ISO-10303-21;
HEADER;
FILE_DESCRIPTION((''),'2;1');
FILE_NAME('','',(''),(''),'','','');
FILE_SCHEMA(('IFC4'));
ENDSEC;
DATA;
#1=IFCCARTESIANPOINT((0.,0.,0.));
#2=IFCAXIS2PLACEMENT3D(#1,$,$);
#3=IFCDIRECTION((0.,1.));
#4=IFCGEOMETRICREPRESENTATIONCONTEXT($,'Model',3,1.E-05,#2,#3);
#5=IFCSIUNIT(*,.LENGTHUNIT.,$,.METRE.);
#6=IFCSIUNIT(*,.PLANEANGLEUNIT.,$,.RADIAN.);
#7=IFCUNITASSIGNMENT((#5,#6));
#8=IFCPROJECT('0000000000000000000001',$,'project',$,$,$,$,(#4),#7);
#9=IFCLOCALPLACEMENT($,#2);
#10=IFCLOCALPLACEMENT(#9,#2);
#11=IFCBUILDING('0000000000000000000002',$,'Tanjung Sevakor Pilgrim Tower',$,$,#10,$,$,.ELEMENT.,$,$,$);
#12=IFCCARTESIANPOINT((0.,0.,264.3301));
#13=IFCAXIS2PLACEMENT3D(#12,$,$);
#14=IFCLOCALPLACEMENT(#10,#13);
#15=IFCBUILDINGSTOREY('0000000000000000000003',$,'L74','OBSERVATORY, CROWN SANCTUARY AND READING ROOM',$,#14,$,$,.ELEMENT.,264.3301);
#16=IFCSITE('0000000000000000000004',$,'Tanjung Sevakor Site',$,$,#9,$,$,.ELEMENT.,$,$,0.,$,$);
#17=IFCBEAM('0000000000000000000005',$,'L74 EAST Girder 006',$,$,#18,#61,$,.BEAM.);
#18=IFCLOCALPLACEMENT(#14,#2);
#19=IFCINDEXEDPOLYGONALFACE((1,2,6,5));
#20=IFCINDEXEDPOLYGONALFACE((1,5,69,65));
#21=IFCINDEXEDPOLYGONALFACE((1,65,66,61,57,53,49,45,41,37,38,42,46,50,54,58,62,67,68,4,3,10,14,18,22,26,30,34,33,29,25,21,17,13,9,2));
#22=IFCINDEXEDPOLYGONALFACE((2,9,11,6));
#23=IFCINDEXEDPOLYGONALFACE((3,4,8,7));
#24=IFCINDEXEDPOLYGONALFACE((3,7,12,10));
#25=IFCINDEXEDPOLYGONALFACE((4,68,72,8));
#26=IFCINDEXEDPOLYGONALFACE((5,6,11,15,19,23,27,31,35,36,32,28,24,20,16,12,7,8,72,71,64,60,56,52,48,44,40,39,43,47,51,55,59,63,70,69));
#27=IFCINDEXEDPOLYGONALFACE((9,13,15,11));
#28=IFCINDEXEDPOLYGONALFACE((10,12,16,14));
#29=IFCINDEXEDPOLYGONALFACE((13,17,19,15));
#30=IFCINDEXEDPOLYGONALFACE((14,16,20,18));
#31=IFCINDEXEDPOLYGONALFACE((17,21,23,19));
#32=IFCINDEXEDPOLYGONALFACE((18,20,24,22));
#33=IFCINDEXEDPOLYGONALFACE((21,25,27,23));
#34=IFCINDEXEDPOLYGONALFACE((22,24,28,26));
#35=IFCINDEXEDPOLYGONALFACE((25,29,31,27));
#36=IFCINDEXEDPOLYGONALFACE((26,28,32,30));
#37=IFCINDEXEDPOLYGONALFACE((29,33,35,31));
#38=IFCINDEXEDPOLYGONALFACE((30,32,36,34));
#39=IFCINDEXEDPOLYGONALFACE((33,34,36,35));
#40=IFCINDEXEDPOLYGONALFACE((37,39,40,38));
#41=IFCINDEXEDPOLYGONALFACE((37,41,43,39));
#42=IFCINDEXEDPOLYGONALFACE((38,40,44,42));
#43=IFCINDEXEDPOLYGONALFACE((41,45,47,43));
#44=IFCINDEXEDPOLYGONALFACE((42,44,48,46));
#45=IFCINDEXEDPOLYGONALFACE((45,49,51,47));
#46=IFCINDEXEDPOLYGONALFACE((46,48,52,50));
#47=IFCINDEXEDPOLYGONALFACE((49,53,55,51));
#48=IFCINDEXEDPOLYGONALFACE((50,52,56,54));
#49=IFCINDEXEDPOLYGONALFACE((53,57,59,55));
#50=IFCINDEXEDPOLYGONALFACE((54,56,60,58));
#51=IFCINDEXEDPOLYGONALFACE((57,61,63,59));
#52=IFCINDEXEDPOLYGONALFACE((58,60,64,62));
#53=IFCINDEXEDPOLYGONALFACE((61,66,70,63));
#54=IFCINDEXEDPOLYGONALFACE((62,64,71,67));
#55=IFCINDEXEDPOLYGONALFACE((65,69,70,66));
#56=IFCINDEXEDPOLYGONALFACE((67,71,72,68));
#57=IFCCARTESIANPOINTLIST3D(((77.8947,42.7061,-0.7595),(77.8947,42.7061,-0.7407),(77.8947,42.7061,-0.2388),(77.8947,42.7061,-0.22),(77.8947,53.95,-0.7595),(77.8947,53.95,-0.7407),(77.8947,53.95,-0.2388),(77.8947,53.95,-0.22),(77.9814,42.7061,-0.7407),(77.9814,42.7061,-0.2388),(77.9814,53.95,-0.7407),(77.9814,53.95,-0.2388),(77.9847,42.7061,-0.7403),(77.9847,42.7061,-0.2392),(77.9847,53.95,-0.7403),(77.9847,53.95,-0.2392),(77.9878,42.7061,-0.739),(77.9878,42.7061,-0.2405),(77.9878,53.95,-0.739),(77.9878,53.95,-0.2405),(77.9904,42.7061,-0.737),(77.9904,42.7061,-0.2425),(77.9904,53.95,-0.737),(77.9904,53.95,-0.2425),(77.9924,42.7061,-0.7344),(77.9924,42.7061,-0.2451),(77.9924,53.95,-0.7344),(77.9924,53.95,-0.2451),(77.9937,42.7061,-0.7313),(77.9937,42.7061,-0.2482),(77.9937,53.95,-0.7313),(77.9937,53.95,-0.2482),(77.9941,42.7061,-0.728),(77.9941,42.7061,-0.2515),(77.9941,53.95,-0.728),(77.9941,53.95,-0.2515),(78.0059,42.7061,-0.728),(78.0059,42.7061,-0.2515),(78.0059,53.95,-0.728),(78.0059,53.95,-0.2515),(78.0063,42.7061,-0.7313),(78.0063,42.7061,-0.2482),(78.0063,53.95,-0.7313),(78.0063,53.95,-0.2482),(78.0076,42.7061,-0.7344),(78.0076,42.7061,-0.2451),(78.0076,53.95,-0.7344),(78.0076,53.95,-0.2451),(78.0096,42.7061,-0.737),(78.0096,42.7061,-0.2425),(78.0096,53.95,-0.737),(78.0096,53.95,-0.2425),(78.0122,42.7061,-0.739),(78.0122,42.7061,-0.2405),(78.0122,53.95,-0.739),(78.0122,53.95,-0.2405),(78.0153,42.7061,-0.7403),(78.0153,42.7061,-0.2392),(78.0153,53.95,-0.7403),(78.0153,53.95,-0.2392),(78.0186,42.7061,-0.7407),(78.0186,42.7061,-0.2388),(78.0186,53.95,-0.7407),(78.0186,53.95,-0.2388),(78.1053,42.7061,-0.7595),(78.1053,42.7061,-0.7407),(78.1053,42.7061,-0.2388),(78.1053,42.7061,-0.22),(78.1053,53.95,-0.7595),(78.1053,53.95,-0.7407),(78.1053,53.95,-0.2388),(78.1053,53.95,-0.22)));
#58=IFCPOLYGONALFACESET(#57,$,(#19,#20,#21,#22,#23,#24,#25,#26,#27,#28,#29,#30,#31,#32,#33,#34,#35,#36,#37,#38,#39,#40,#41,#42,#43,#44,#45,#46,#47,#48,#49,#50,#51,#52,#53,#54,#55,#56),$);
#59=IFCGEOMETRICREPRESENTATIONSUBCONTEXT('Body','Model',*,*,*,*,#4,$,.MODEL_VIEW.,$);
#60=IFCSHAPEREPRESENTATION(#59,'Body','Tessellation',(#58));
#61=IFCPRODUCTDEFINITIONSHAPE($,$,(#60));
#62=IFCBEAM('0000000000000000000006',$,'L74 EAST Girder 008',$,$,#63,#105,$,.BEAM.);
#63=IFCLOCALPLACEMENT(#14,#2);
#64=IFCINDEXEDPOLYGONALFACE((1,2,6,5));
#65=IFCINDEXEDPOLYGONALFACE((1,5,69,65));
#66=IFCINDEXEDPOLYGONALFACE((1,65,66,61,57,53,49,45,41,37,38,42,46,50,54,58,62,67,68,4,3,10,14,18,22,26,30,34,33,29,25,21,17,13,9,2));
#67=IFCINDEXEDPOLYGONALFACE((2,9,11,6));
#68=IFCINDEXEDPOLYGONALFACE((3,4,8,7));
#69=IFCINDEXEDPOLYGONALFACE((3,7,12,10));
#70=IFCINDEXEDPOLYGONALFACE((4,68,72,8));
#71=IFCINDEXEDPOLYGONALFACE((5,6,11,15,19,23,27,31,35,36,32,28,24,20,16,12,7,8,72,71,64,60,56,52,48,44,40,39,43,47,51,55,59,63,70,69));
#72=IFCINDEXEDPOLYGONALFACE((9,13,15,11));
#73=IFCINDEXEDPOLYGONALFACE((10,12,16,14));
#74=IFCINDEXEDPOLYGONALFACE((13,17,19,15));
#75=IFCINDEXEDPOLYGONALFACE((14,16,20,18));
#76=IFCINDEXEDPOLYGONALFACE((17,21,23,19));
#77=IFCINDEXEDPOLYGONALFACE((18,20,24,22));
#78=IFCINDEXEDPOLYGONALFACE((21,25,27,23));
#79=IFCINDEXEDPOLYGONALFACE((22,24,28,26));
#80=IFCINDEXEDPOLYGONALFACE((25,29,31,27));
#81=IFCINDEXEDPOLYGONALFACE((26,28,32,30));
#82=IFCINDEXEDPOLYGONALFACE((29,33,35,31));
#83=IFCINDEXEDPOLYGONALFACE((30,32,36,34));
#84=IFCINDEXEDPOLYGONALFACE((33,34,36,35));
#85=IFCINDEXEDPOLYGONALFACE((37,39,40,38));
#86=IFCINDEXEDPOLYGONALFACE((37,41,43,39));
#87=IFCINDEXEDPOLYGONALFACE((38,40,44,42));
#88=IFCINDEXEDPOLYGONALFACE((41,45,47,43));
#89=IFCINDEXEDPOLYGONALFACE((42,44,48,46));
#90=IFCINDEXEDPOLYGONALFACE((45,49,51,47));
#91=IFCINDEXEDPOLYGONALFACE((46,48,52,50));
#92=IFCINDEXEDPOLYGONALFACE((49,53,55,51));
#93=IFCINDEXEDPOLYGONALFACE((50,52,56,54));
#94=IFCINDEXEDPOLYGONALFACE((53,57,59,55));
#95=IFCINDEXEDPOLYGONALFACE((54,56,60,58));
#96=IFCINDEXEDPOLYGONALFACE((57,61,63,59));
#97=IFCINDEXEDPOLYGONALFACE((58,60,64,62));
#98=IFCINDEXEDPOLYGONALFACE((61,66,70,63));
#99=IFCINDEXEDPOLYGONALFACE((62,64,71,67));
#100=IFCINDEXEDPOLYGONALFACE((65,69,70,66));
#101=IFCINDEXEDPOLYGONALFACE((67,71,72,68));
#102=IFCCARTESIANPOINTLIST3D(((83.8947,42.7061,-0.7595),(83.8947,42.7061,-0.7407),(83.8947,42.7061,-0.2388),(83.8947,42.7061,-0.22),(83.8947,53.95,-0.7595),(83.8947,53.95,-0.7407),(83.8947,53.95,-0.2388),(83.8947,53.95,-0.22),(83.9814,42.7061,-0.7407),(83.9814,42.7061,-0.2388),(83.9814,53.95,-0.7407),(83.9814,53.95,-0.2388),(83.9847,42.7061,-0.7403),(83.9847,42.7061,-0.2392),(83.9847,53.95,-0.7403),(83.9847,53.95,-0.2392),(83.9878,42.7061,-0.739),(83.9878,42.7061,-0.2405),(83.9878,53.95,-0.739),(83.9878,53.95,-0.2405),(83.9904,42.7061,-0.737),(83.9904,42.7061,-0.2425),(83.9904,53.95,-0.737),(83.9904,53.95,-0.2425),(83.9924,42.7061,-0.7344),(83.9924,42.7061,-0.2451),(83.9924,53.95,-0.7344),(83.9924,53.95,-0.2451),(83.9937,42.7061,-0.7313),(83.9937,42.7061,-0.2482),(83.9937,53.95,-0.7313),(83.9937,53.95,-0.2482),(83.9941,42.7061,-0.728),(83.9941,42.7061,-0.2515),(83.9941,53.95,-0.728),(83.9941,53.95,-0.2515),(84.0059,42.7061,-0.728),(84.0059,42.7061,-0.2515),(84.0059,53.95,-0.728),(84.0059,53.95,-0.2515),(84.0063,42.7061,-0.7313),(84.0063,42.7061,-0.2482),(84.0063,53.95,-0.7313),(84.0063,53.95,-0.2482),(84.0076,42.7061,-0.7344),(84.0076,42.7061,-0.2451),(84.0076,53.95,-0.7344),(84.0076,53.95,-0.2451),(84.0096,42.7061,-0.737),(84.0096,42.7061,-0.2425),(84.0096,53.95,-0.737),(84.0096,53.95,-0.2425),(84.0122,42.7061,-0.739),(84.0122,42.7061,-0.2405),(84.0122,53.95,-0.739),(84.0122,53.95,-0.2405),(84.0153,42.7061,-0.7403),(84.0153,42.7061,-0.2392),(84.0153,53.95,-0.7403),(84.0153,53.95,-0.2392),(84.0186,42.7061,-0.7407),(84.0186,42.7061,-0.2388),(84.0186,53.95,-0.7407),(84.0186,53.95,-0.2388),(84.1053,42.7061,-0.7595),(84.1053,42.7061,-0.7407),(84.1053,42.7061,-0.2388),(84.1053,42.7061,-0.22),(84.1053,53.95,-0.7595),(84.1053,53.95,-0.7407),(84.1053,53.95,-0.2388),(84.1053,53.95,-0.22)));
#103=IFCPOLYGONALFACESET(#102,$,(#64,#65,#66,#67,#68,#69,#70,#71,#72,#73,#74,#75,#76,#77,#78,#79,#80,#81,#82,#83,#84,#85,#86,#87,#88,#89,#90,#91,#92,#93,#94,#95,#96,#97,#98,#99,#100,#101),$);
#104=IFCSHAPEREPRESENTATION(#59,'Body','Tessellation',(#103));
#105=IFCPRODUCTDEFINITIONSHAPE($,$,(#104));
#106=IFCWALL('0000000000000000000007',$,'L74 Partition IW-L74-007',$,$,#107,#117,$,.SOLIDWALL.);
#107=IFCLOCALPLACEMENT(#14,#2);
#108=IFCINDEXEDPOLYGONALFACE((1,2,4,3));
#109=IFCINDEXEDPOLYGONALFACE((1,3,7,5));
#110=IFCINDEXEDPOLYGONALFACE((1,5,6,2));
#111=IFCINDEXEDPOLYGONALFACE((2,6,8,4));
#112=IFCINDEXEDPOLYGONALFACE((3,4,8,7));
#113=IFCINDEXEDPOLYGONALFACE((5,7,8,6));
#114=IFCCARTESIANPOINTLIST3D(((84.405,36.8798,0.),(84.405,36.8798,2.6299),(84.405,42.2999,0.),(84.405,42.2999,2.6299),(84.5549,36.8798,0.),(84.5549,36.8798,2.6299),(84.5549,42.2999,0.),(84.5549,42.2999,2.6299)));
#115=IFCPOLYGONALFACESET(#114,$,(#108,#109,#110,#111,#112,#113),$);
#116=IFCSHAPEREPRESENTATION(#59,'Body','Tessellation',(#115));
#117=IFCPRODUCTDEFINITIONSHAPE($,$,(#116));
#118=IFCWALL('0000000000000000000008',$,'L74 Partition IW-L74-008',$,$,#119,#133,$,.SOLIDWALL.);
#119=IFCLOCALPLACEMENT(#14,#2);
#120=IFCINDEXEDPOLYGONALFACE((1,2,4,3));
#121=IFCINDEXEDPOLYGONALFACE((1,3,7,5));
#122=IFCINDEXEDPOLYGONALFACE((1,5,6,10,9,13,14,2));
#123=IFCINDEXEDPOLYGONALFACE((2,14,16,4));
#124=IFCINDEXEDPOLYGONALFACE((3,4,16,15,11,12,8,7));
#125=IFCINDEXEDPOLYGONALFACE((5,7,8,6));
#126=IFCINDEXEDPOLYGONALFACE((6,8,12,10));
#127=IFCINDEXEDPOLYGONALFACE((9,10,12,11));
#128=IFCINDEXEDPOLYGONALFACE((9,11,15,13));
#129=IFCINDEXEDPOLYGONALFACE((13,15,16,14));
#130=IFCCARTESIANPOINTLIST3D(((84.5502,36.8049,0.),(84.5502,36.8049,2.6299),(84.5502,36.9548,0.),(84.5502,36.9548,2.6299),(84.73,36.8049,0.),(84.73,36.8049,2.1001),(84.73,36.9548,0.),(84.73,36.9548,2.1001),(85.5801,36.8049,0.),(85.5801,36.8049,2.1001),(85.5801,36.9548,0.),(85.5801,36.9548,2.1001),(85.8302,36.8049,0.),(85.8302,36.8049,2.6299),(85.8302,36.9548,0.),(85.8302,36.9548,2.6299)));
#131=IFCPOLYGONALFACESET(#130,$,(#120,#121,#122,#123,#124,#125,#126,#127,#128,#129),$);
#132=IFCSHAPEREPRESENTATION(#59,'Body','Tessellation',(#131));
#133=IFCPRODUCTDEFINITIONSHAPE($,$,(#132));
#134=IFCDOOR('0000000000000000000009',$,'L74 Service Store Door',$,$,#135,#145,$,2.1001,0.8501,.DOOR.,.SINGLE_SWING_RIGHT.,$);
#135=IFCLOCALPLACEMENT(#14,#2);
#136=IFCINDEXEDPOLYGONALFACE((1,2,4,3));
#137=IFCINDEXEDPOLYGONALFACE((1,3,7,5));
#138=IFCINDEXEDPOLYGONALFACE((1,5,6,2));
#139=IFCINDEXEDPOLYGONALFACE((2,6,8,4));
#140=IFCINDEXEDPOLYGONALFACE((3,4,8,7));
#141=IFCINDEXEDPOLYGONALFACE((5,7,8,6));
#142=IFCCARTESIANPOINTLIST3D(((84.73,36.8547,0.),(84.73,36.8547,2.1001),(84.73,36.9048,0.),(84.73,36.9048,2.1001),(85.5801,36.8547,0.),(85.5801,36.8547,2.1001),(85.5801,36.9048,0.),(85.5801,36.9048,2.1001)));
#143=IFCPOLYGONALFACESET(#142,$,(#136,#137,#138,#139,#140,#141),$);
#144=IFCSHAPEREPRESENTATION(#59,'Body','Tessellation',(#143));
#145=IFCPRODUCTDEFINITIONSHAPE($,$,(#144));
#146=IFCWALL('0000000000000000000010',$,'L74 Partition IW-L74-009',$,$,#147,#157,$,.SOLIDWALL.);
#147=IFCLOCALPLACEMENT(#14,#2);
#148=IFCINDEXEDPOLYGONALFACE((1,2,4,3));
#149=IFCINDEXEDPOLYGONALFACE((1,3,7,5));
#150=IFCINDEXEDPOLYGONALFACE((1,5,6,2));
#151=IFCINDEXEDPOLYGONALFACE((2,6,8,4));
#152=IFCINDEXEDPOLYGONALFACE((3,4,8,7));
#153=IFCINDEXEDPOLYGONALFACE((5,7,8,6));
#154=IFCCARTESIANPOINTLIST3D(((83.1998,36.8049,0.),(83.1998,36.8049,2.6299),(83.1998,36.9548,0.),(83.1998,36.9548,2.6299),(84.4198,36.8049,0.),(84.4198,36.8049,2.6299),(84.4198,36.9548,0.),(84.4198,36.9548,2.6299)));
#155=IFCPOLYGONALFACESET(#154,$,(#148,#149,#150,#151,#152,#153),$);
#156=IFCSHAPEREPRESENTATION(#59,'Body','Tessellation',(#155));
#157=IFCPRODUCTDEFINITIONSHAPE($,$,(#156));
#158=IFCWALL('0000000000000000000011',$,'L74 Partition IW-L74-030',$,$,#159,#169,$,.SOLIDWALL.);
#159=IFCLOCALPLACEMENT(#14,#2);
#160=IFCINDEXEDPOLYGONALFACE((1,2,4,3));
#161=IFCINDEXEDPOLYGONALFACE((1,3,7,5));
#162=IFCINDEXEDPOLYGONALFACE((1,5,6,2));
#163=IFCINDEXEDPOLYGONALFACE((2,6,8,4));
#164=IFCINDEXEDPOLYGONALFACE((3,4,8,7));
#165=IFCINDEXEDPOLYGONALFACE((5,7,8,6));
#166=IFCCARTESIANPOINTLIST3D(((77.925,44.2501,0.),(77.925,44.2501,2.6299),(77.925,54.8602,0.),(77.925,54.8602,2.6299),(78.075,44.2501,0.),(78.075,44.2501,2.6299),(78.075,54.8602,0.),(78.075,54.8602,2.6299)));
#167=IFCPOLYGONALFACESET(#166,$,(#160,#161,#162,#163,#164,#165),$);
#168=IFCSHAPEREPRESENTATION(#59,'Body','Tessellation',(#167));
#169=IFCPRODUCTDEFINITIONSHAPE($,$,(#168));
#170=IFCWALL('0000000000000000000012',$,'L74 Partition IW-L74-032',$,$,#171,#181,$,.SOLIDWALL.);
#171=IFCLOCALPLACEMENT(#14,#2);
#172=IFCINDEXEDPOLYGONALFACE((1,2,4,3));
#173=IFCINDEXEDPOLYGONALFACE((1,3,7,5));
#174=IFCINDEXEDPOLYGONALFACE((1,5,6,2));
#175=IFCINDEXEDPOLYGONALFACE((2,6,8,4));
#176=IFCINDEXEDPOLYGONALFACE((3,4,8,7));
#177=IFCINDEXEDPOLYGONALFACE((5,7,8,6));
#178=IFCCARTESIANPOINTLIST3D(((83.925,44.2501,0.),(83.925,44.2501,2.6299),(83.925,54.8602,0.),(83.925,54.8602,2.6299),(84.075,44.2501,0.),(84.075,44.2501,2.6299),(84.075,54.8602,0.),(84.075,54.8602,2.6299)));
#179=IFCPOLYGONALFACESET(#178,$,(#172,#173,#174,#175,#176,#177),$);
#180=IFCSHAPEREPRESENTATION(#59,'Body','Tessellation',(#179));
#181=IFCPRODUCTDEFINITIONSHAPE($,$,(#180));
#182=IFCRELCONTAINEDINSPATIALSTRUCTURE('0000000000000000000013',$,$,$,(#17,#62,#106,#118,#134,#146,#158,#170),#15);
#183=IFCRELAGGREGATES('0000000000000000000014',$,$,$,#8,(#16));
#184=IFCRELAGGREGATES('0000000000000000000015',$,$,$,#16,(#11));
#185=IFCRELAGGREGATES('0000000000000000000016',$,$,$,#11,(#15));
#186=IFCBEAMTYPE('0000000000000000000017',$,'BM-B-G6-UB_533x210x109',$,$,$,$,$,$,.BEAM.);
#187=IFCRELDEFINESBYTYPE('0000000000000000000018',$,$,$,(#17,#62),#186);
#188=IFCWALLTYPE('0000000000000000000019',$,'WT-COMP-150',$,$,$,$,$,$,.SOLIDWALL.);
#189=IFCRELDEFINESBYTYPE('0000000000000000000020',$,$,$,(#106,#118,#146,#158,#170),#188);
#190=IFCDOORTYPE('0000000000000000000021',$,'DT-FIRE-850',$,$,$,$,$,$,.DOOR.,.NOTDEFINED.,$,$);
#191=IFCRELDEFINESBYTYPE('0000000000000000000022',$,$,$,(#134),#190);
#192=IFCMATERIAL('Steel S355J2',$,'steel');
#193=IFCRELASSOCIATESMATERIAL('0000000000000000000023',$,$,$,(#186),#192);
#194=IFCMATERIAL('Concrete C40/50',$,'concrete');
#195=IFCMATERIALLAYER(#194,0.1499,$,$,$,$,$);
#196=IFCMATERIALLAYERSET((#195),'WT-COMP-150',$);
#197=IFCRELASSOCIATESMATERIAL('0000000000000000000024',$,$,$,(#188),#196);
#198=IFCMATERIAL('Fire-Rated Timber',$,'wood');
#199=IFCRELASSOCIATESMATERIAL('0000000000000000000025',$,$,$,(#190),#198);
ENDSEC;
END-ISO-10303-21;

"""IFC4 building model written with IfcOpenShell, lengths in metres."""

from ifc_helpers import new_model, si_unit, direction, frame, frame_2d, origin, origin_2d, place, context, subcontext, project, spatial, rectangle, i_section, extrude, material, layer, layer_set, material_profile, profile_set, type_object, element, fill, save


model = new_model("IFC4")

# Units and contexts
model_context = context("Model", 3, precision=1e-05, world=origin(), true_north=direction((0.0, 1.0)))
body_context = subcontext(model_context, "Body", "Model", "MODEL_VIEW")
ifc_project = project(units=[si_unit("LENGTHUNIT", "METRE"), si_unit("PLANEANGLEUNIT", "RADIAN")], contexts=[model_context])

# Site, building, storey
site_placement = place(None, origin())
site = spatial("IfcSite", under=ifc_project, at=site_placement, Name="Tanjung Sevakor Site", CompositionType="ELEMENT", RefElevation=0.0)
building_placement = place(site_placement, origin())
building = spatial("IfcBuilding", under=site, at=building_placement, Name="Tanjung Sevakor Pilgrim Tower", CompositionType="ELEMENT")
storey_placement = place(building_placement, frame((0.0, 0.0, 264.3301)))
storey = spatial("IfcBuildingStorey", under=building, at=storey_placement, Name="L74", Description="OBSERVATORY, CROWN SANCTUARY AND READING ROOM", CompositionType="ELEMENT", Elevation=264.3301)

# Beams
ifc_material_1 = material(Name="Steel S355J2", Category="steel")
ifc_material_profile = material_profile(ifc_material_1, i_section(OverallWidth=0.2107, OverallDepth=0.5396, WebThickness=0.0117, FlangeThickness=0.0188, FilletRadius=0.0127, at=origin_2d()))
ifc_profile_set = profile_set([ifc_material_profile], Name="Steel S355J2")
beam_type = type_object("IfcBeamType", Name="BM-B-G6-UB_533x210x109", PredefinedType="BEAM", material=ifc_profile_set)
for number, where, z_axis, x_axis, name in (
    (1, (78.0, 42.7061, -0.4897), (0.0, 1.0, 0.0), (-1.0, 0.0, 0.0), "L74 EAST Girder 006"),
    (2, (84.0, 42.7061, -0.4897), (0.0, 1.0, 0.0), (-1.0, 0.0, 0.0), "L74 EAST Girder 008"),
):
    element("IfcBeam", number, at=place(storey_placement, frame(where, z_axis=z_axis, x_axis=x_axis)), inside=storey, type_object=beam_type, Name=name, PredefinedType="BEAM", context=body_context, shape_type="SweptSolid", body=[
        extrude(i_section(OverallWidth=0.2107, OverallDepth=0.5396, WebThickness=0.0117, FlangeThickness=0.0188, FilletRadius=0.0127, at=origin_2d()), origin(), (0.0, 0.0, 1.0), 11.2439),
    ])

# Wall
ifc_material_2 = material(Name="Concrete C40/50", Category="concrete")
ifc_layer_1 = layer(ifc_material_2, 0.1499)
ifc_layer_set_1 = layer_set([ifc_layer_1], Name="WT-COMP-150")
wall_type_1 = type_object("IfcWallType", Name="WT-COMP-150", PredefinedType="SOLIDWALL", material=ifc_layer_set_1)
wall_1_placement = place(storey_placement, frame((84.48, 36.8799, 0.0), z_axis=(0.0, 0.0, 1.0), x_axis=(0.0, 1.0, 0.0)))
element("IfcWall", 3, at=wall_1_placement, inside=storey, type_object=wall_type_1, Name="L74 Partition IW-L74-007", PredefinedType="SOLIDWALL", context=body_context, shape_type="SweptSolid", body=[
    extrude(rectangle(XDim=5.4202, YDim=0.1499, at=frame_2d((2.71, 0.0))), origin(), (0.0, 0.0, 1.0), 2.6299),
])

# Wall, opening, door
wall_2_placement = place(storey_placement, frame((84.55, 36.8799, 0.0), z_axis=(0.0, 0.0, 1.0), x_axis=(1.0, 0.0, 0.0)))
wall_2 = element("IfcWall", 4, at=wall_2_placement, inside=storey, type_object=wall_type_1, Name="L74 Partition IW-L74-008", PredefinedType="SOLIDWALL", context=body_context, shape_type="SweptSolid", body=[
    extrude(rectangle(XDim=1.28, YDim=0.1499, at=frame_2d((0.6401, 0.0))), origin(), (0.0, 0.0, 1.0), 2.6299),
])
opening_1_placement = place(wall_2_placement, frame((0.1799, 0.0, 0.0)))
opening_1 = element("IfcOpeningElement", 5, at=opening_1_placement, cuts=wall_2, PredefinedType="OPENING", context=body_context, shape_type="SweptSolid", body=[
    extrude(rectangle(XDim=0.8501, YDim=2.1001, at=frame_2d((0.425, 1.05))), frame((0.0, 0.085, 0.0), z_axis=(0.0, -1.0, 0.0), x_axis=(1.0, 0.0, 0.0)), (0.0, 0.0, 1.0), 0.1699),
])
ifc_material_3 = material(Name="Fire-Rated Timber", Category="wood")
door_type_1 = type_object("IfcDoorType", Name="DT-FIRE-850", OperationType="NOTDEFINED", PredefinedType="DOOR", material=ifc_material_3)
door_1_placement = place(opening_1_placement, origin())
door_1 = element("IfcDoor", 6, at=door_1_placement, inside=storey, type_object=door_type_1, Name="L74 Service Store Door", OperationType="SINGLE_SWING_RIGHT", OverallHeight=2.1001, OverallWidth=0.8501, PredefinedType="DOOR", context=body_context, shape_type="SweptSolid", body=[
    extrude(rectangle(XDim=0.8501, YDim=2.1001, at=frame_2d((0.425, 1.05))), frame((0.0, 0.0249, 0.0), z_axis=(0.0, -1.0, 0.0), x_axis=(1.0, 0.0, 0.0)), (0.0, 0.0, 1.0), 0.05),
])
fill(opening_1, door_1)

# Wall
wall_3_placement = place(storey_placement, frame((83.2, 36.8799, 0.0), z_axis=(0.0, 0.0, 1.0), x_axis=(1.0, 0.0, 0.0)))
element("IfcWall", 7, at=wall_3_placement, inside=storey, type_object=wall_type_1, Name="L74 Partition IW-L74-009", PredefinedType="SOLIDWALL", context=body_context, shape_type="SweptSolid", body=[
    extrude(rectangle(XDim=1.22, YDim=0.1499, at=frame_2d((0.6099, 0.0))), origin(), (0.0, 0.0, 1.0), 2.6299),
])

# Walls
for number, where, z_axis, x_axis, name in (
    (8, (78.0, 44.25, 0.0), (0.0, 0.0, 1.0), (0.0, 1.0, 0.0), "L74 Partition IW-L74-030"),
    (9, (84.0, 44.25, 0.0), (0.0, 0.0, 1.0), (0.0, 1.0, 0.0), "L74 Partition IW-L74-032"),
):
    element("IfcWall", number, at=place(storey_placement, frame(where, z_axis=z_axis, x_axis=x_axis)), inside=storey, type_object=wall_type_1, Name=name, PredefinedType="SOLIDWALL", context=body_context, shape_type="SweptSolid", body=[
        extrude(rectangle(XDim=10.6101, YDim=0.1499, at=frame_2d((5.3052, 0.0))), origin(), (0.0, 0.0, 1.0), 2.6299),
    ])

save(model, "model.ifc")
